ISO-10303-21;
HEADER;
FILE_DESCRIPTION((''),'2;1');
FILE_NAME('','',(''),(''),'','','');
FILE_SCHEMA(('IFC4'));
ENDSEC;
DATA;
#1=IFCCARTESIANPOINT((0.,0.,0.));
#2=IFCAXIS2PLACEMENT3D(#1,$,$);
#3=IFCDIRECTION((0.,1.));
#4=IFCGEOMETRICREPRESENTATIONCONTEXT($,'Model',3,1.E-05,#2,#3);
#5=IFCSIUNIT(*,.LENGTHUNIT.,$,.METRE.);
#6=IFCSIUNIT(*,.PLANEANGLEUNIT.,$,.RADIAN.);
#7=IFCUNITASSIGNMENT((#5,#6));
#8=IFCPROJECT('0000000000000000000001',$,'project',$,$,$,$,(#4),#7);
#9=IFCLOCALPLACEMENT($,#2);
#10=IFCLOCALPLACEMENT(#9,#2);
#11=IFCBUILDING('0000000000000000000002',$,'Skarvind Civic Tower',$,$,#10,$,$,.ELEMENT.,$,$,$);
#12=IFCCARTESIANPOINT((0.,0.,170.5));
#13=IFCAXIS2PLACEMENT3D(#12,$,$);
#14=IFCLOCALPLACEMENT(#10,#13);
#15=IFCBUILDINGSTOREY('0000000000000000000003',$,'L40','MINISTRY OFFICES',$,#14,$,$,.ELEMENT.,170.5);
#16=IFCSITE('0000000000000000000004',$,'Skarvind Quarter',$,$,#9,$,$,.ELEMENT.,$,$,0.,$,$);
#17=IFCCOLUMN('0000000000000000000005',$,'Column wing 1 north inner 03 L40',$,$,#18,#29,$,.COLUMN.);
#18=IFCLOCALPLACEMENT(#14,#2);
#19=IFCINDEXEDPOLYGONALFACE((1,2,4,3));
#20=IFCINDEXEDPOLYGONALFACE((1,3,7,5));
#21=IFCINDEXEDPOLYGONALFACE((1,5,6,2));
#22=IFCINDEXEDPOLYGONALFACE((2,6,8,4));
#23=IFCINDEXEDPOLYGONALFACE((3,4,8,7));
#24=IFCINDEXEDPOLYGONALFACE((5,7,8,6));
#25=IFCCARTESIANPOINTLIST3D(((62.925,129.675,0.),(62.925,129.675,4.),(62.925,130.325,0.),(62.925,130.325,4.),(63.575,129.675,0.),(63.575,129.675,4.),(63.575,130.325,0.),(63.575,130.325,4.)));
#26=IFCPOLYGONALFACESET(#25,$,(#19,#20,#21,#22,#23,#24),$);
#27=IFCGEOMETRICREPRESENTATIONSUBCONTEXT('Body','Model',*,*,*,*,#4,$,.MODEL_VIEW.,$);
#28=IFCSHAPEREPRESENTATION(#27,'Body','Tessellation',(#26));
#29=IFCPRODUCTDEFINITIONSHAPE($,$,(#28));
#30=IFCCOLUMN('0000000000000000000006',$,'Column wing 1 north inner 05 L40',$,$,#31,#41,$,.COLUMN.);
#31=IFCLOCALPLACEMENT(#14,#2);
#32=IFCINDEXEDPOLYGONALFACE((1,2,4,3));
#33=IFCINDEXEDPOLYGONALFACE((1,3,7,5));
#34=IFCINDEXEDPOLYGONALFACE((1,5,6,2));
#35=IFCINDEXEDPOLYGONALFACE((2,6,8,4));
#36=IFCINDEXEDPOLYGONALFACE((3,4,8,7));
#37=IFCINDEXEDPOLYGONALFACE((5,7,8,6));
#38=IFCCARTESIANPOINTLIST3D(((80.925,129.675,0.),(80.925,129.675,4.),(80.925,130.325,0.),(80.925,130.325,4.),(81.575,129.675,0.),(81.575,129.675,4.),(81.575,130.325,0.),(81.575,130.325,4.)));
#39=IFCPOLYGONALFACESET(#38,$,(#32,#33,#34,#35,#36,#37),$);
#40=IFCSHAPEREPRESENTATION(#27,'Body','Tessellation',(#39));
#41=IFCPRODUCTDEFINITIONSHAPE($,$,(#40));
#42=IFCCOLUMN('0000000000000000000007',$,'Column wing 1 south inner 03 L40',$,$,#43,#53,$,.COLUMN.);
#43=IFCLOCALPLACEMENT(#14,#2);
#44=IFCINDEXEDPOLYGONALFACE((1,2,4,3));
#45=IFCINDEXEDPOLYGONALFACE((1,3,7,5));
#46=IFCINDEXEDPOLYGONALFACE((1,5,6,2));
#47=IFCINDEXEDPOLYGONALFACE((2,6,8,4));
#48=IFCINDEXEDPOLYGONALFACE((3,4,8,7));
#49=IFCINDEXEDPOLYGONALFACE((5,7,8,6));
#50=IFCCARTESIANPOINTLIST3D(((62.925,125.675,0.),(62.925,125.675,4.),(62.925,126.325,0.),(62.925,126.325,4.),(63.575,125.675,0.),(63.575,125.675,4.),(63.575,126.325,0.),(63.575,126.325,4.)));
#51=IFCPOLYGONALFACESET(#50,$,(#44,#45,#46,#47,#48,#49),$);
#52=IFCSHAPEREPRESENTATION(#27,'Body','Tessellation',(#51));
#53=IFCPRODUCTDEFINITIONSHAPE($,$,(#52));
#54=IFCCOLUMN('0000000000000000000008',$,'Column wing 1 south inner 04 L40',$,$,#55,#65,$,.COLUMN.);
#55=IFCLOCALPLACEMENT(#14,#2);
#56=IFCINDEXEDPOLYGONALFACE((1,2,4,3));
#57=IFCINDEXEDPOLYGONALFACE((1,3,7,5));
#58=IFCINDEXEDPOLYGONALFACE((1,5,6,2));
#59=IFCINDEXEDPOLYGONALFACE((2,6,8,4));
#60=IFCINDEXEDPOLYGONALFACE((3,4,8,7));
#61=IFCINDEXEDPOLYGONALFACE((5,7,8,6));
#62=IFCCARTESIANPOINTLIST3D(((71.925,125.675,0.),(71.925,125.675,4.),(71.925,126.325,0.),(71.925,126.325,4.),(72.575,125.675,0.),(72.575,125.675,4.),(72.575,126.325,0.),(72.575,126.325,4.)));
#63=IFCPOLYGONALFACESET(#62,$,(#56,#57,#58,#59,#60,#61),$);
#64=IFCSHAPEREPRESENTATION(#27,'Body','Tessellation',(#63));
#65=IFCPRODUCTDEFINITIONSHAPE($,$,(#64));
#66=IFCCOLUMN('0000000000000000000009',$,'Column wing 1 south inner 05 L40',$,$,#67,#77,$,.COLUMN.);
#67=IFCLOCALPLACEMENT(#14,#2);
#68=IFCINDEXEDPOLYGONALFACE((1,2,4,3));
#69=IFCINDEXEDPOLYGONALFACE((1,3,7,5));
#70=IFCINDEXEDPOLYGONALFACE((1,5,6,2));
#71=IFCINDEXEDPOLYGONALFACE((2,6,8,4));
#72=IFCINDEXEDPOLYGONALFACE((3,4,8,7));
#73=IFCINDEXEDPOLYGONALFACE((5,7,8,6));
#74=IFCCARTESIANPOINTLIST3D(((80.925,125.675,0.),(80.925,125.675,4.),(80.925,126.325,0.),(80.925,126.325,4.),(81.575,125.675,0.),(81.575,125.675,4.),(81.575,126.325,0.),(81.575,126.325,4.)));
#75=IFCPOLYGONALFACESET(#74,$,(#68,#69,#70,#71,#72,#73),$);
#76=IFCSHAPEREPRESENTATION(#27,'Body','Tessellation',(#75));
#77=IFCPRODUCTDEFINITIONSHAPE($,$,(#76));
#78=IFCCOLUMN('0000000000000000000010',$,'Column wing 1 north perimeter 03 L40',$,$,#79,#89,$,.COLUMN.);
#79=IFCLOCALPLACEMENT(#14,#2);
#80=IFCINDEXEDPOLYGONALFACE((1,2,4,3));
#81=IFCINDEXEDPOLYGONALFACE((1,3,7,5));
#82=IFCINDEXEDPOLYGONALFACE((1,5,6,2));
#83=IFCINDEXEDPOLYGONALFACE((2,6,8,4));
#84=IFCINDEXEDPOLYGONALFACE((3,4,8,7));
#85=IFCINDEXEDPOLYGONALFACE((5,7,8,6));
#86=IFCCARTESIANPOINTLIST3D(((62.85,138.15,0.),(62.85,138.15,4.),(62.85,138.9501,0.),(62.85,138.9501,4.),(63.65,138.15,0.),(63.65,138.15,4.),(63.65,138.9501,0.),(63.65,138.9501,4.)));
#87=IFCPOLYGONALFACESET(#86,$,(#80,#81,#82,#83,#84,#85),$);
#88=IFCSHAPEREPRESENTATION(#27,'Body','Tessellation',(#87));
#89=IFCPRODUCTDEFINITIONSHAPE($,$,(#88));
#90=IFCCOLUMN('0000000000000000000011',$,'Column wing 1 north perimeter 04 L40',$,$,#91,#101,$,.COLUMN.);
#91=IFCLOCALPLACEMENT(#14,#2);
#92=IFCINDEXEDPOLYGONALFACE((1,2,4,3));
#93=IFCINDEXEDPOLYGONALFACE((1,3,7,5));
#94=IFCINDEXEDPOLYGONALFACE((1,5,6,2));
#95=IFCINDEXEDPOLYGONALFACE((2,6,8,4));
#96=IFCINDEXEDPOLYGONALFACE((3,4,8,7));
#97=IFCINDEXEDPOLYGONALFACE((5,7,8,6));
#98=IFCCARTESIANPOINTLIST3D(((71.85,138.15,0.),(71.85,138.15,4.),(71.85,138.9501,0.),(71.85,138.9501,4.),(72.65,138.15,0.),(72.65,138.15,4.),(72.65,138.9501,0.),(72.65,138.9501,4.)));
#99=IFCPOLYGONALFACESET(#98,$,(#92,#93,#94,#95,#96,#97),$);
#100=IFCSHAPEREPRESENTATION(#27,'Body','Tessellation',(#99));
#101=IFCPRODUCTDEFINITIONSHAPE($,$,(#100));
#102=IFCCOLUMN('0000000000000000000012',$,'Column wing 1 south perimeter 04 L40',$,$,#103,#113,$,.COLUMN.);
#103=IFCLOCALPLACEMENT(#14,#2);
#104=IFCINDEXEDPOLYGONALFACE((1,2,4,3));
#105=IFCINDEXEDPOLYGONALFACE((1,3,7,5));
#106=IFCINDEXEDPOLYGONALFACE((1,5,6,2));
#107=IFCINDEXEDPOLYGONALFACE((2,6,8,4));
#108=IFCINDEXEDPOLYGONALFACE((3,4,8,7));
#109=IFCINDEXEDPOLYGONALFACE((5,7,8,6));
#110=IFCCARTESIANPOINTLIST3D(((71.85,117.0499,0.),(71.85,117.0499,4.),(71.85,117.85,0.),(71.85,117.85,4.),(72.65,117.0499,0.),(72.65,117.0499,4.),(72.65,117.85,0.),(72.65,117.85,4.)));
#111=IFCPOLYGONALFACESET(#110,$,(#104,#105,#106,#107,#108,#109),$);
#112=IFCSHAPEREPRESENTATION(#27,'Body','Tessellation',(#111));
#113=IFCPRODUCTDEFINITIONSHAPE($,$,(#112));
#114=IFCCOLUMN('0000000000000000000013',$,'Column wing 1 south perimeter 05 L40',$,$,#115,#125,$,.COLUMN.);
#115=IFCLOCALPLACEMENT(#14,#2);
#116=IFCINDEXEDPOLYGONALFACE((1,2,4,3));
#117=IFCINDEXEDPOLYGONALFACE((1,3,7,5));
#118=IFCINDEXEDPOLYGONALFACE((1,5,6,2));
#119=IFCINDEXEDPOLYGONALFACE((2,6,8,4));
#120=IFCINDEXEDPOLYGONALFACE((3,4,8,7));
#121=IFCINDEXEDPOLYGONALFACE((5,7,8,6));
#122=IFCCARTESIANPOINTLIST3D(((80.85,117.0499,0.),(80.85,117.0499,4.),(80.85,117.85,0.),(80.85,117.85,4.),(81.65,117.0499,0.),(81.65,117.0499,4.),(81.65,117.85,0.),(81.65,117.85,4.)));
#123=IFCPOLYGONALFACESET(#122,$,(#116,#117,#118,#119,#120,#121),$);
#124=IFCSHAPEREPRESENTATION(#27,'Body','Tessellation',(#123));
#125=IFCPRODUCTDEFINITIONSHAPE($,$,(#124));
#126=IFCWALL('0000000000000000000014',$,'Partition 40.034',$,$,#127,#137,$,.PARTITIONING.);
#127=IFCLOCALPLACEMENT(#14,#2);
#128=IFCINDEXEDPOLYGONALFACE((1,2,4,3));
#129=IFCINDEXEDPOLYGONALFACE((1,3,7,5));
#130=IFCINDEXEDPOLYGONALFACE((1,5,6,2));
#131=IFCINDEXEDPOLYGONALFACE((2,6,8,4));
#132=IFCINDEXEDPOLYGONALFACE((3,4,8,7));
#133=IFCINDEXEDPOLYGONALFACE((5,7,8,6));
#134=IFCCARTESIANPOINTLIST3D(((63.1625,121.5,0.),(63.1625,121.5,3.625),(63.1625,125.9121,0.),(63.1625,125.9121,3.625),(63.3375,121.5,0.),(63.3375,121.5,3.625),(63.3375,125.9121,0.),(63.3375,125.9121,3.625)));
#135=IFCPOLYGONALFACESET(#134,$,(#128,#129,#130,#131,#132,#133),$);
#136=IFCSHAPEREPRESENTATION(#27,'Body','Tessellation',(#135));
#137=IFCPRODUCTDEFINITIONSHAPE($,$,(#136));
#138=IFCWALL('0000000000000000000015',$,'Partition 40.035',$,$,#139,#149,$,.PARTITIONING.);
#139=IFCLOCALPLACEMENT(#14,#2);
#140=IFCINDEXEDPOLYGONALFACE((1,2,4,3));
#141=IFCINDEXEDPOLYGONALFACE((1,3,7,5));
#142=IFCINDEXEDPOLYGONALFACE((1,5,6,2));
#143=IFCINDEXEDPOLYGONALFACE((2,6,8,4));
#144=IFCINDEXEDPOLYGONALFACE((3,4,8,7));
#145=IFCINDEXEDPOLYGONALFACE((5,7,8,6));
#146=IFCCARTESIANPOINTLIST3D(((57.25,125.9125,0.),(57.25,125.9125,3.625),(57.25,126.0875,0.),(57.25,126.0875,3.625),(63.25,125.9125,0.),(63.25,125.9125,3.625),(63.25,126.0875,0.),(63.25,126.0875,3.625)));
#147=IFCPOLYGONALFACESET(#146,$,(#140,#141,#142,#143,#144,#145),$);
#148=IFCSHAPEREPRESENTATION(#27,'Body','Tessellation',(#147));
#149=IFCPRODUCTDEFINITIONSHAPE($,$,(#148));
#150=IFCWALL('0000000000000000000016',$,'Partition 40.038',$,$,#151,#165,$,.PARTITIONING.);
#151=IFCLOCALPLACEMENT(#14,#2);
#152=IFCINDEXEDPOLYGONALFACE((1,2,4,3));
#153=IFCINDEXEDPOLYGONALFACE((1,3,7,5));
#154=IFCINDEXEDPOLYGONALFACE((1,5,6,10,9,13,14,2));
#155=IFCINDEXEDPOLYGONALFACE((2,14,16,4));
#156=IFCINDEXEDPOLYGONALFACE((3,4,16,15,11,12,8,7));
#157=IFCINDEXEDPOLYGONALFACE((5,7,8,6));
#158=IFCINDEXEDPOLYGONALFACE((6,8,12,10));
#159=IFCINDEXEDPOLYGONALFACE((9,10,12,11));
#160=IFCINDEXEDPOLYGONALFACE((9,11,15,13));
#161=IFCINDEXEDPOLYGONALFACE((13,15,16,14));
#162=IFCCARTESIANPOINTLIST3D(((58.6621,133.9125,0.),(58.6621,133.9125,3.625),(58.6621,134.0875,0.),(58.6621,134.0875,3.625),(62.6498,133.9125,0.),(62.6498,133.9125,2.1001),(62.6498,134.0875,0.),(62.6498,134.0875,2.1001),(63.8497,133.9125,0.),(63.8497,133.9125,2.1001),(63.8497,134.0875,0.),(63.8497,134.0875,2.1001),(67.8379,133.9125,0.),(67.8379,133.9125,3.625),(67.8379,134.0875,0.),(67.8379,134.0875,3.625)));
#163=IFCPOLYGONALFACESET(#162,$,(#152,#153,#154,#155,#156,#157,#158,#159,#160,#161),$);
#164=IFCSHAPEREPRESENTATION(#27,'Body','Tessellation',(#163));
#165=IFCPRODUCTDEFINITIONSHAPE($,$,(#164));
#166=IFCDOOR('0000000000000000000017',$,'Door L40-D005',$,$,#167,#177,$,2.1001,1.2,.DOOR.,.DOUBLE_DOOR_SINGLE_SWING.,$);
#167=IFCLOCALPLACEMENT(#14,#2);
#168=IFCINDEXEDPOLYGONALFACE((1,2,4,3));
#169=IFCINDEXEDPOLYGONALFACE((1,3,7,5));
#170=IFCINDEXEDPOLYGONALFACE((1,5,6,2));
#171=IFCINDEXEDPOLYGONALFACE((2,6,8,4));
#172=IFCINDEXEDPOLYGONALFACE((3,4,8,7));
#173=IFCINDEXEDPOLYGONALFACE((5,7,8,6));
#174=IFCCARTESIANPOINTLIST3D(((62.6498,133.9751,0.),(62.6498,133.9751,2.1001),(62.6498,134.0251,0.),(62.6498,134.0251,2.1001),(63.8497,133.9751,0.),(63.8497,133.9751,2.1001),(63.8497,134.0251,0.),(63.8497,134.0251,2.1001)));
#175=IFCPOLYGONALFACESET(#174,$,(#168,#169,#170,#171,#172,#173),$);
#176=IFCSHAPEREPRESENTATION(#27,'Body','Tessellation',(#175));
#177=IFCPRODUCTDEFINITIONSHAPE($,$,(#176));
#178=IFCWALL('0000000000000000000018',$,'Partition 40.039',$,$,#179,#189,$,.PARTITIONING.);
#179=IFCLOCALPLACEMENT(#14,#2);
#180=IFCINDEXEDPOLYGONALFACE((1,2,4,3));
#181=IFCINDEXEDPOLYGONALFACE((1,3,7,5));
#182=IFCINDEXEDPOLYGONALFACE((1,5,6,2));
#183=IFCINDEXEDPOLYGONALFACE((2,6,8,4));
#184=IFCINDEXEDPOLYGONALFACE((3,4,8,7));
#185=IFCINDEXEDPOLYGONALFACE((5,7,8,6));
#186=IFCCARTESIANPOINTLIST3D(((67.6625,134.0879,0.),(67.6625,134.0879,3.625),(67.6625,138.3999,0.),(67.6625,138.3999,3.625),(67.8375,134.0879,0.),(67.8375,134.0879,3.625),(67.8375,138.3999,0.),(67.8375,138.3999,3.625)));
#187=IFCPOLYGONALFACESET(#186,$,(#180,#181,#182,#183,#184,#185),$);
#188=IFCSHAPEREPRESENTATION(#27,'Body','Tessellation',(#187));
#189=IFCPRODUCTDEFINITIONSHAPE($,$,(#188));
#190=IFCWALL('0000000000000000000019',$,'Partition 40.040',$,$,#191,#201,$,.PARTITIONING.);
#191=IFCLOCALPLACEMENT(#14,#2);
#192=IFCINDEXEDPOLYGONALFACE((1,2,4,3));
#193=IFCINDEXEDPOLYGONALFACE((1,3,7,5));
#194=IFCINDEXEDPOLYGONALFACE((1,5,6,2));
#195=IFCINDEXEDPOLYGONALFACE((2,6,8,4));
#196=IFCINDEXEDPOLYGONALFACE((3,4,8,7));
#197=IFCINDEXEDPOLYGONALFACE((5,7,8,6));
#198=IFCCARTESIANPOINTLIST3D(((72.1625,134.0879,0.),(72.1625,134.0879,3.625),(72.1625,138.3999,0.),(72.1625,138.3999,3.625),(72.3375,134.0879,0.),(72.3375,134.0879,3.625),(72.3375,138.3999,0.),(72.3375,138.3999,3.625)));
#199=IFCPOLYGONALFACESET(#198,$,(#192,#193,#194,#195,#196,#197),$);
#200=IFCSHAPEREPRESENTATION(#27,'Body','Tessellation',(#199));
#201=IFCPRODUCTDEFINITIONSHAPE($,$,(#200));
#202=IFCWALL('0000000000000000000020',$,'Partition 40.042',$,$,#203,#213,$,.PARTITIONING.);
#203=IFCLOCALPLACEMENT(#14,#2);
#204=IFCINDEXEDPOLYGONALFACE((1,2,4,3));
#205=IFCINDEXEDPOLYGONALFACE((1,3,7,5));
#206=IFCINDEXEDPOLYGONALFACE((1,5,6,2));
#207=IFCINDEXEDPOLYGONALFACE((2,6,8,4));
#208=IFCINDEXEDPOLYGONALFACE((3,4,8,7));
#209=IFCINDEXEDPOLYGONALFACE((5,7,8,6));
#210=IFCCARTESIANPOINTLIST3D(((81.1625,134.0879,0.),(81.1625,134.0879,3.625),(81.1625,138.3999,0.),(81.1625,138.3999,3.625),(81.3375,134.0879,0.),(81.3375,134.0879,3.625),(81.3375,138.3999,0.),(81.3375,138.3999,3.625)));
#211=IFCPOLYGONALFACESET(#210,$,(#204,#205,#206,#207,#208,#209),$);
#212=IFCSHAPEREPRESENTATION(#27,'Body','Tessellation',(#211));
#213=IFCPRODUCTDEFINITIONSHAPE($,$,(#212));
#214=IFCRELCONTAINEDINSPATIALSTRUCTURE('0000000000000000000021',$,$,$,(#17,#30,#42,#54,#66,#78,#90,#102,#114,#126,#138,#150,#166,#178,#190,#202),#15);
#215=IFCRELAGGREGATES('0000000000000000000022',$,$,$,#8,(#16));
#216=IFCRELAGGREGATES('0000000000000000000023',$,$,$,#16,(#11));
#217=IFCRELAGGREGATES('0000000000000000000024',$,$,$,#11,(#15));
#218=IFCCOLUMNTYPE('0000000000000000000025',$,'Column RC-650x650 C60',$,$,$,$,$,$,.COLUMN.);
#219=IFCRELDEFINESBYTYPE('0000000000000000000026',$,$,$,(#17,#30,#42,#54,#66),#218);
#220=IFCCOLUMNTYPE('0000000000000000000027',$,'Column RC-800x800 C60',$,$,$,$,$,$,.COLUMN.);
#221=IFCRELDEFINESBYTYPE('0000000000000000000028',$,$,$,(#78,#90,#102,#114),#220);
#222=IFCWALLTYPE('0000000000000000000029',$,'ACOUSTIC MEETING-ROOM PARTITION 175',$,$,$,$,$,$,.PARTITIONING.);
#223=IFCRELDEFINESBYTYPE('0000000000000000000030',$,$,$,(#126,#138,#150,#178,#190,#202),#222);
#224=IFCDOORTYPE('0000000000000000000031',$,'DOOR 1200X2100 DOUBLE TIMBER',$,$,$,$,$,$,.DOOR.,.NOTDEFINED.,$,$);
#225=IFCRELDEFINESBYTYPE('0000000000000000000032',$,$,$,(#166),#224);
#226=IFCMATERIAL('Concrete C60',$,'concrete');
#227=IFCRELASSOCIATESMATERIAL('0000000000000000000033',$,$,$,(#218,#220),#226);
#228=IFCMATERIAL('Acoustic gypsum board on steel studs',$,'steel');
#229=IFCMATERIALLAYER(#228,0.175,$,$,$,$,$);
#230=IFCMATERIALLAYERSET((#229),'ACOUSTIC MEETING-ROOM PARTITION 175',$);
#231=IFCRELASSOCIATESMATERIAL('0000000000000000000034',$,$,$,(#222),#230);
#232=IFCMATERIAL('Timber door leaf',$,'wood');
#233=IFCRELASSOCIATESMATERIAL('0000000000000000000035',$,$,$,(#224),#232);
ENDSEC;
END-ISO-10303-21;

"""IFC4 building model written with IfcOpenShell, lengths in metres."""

from ifc_helpers import new_model, si_unit, direction, frame, frame_2d, origin, origin_2d, place, context, subcontext, project, spatial, rectangle, extrude, material, layer, layer_set, material_profile, profile_set, type_object, element, fill, save


model = new_model("IFC4")

# Units and contexts
model_context = context("Model", 3, precision=1e-05, world=origin(), true_north=direction((0.0, 1.0)))
body_context = subcontext(model_context, "Body", "Model", "MODEL_VIEW")
ifc_project = project(units=[si_unit("LENGTHUNIT", "METRE"), si_unit("PLANEANGLEUNIT", "RADIAN")], contexts=[model_context])

# Site, building, storey
site_placement = place(None, origin())
site = spatial("IfcSite", under=ifc_project, at=site_placement, Name="Skarvind Quarter", CompositionType="ELEMENT", RefElevation=0.0)
building_placement = place(site_placement, origin())
building = spatial("IfcBuilding", under=site, at=building_placement, Name="Skarvind Civic Tower", CompositionType="ELEMENT")
storey_placement = place(building_placement, frame((0.0, 0.0, 170.5)))
storey = spatial("IfcBuildingStorey", under=building, at=storey_placement, Name="L40", Description="MINISTRY OFFICES", CompositionType="ELEMENT", Elevation=170.5)

# Columns
ifc_material_1 = material(Name="Concrete C60", Category="concrete")
ifc_material_profile_1 = material_profile(ifc_material_1, rectangle(XDim=0.6499, YDim=0.6499, at=origin_2d()), Name="RC-650x650")
ifc_profile_set_1 = profile_set([ifc_material_profile_1], Name="Concrete C60")
column_type_1 = type_object("IfcColumnType", Name="Column RC-650x650 C60", PredefinedType="COLUMN", material=ifc_profile_set_1)
for number, where, z_axis, x_axis, name in (
    (1, (63.25, 130.0, 0.0), (0.0, 0.0, 1.0), (1.0, 0.0, 0.0), "Column wing 1 north inner 03 L40"),
    (2, (81.25, 130.0, 0.0), (0.0, 0.0, 1.0), (1.0, 0.0, 0.0), "Column wing 1 north inner 05 L40"),
    (3, (63.25, 126.0, 0.0), (0.0, 0.0, 1.0), (1.0, 0.0, 0.0), "Column wing 1 south inner 03 L40"),
    (4, (72.25, 126.0, 0.0), (0.0, 0.0, 1.0), (1.0, 0.0, 0.0), "Column wing 1 south inner 04 L40"),
    (5, (81.25, 126.0, 0.0), (0.0, 0.0, 1.0), (1.0, 0.0, 0.0), "Column wing 1 south inner 05 L40"),
):
    element("IfcColumn", number, at=place(storey_placement, frame(where, z_axis=z_axis, x_axis=x_axis)), inside=storey, type_object=column_type_1, Name=name, PredefinedType="COLUMN", context=body_context, shape_type="SweptSolid", body=[
        extrude(rectangle(XDim=0.6499, YDim=0.6499, at=origin_2d()), origin(), (0.0, 0.0, 1.0), 4.0),
    ])
ifc_material_profile_2 = material_profile(ifc_material_1, rectangle(XDim=0.8, YDim=0.8, at=origin_2d()), Name="RC-800x800")
ifc_profile_set_2 = profile_set([ifc_material_profile_2], Name="Concrete C60")
column_type_2 = type_object("IfcColumnType", Name="Column RC-800x800 C60", PredefinedType="COLUMN", material=ifc_profile_set_2)
for number, where, z_axis, x_axis, name in (
    (6, (63.25, 138.55, 0.0), (0.0, 0.0, 1.0), (1.0, 0.0, 0.0), "Column wing 1 north perimeter 03 L40"),
    (7, (72.25, 138.55, 0.0), (0.0, 0.0, 1.0), (1.0, 0.0, 0.0), "Column wing 1 north perimeter 04 L40"),
    (8, (72.25, 117.45, 0.0), (0.0, 0.0, 1.0), (1.0, 0.0, 0.0), "Column wing 1 south perimeter 04 L40"),
    (9, (81.25, 117.45, 0.0), (0.0, 0.0, 1.0), (1.0, 0.0, 0.0), "Column wing 1 south perimeter 05 L40"),
):
    element("IfcColumn", number, at=place(storey_placement, frame(where, z_axis=z_axis, x_axis=x_axis)), inside=storey, type_object=column_type_2, Name=name, PredefinedType="COLUMN", context=body_context, shape_type="SweptSolid", body=[
        extrude(rectangle(XDim=0.8, YDim=0.8, at=origin_2d()), origin(), (0.0, 0.0, 1.0), 4.0),
    ])

# Walls
ifc_material_2 = material(Name="Acoustic gypsum board on steel studs", Category="steel")
ifc_layer_1 = layer(ifc_material_2, 0.175)
ifc_layer_set_1 = layer_set([ifc_layer_1], Name="ACOUSTIC MEETING-ROOM PARTITION 175")
wall_type_1 = type_object("IfcWallType", Name="ACOUSTIC MEETING-ROOM PARTITION 175", PredefinedType="PARTITIONING", material=ifc_layer_set_1)
wall_1_placement = place(storey_placement, frame((63.25, 121.5, 0.0), z_axis=(0.0, 0.0, 1.0), x_axis=(0.0, 1.0, 0.0)))
element("IfcWall", 10, at=wall_1_placement, inside=storey, type_object=wall_type_1, Name="Partition 40.034", PredefinedType="PARTITIONING", context=body_context, shape_type="SweptSolid", body=[
    extrude(rectangle(XDim=4.4121, YDim=0.175, at=frame_2d((2.2061, 0.0))), origin(), (0.0, 0.0, 1.0), 3.625),
])
wall_2_placement = place(storey_placement, frame((63.25, 126.0, 0.0), z_axis=(0.0, 0.0, 1.0), x_axis=(-1.0, 0.0, 0.0)))
element("IfcWall", 11, at=wall_2_placement, inside=storey, type_object=wall_type_1, Name="Partition 40.035", PredefinedType="PARTITIONING", context=body_context, shape_type="SweptSolid", body=[
    extrude(rectangle(XDim=6.0, YDim=0.175, at=frame_2d((3.0, 0.0))), origin(), (0.0, 0.0, 1.0), 3.625),
])

# Wall, opening, door
wall_3_placement = place(storey_placement, frame((67.8379, 134.0, 0.0), z_axis=(0.0, 0.0, 1.0), x_axis=(-1.0, 0.0, 0.0)))
wall_3 = element("IfcWall", 12, at=wall_3_placement, inside=storey, type_object=wall_type_1, Name="Partition 40.038", PredefinedType="PARTITIONING", context=body_context, shape_type="SweptSolid", body=[
    extrude(rectangle(XDim=9.1758, YDim=0.175, at=frame_2d((4.5879, 0.0))), origin(), (0.0, 0.0, 1.0), 3.625),
])
opening_1_placement = place(wall_3_placement, frame((3.988, 0.0, 0.0)))
opening_1 = element("IfcOpeningElement", 13, at=opening_1_placement, cuts=wall_3, PredefinedType="OPENING", context=body_context, shape_type="SweptSolid", body=[
    extrude(rectangle(XDim=1.2, YDim=2.1001, at=frame_2d((0.6001, 1.05))), frame((0.0, 0.0974, 0.0), z_axis=(0.0, -1.0, 0.0), x_axis=(1.0, 0.0, 0.0)), (0.0, 0.0, 1.0), 0.1951),
])
ifc_material_3 = material(Name="Timber door leaf", Category="wood")
door_type_1 = type_object("IfcDoorType", Name="DOOR 1200X2100 DOUBLE TIMBER", OperationType="NOTDEFINED", PredefinedType="DOOR", material=ifc_material_3)
door_1_placement = place(opening_1_placement, origin())
door_1 = element("IfcDoor", 14, at=door_1_placement, inside=storey, type_object=door_type_1, Name="Door L40-D005", OperationType="DOUBLE_DOOR_SINGLE_SWING", OverallHeight=2.1001, OverallWidth=1.2, PredefinedType="DOOR", context=body_context, shape_type="SweptSolid", body=[
    extrude(rectangle(XDim=1.2, YDim=2.1001, at=frame_2d((0.6001, 1.05))), frame((0.0, 0.0249, 0.0), z_axis=(0.0, -1.0, 0.0), x_axis=(1.0, 0.0, 0.0)), (0.0, 0.0, 1.0), 0.05),
])
fill(opening_1, door_1)

# Walls
for number, where, z_axis, x_axis, name in (
    (15, (67.75, 138.3999, 0.0), (0.0, 0.0, 1.0), (0.0, -1.0, 0.0), "Partition 40.039"),
    (16, (72.25, 134.0879, 0.0), (0.0, 0.0, 1.0), (0.0, 1.0, 0.0), "Partition 40.040"),
    (17, (81.25, 138.3999, 0.0), (0.0, 0.0, 1.0), (0.0, -1.0, 0.0), "Partition 40.042"),
):
    element("IfcWall", number, at=place(storey_placement, frame(where, z_axis=z_axis, x_axis=x_axis)), inside=storey, type_object=wall_type_1, Name=name, PredefinedType="PARTITIONING", context=body_context, shape_type="SweptSolid", body=[
        extrude(rectangle(XDim=4.312, YDim=0.175, at=frame_2d((2.156, 0.0))), origin(), (0.0, 0.0, 1.0), 3.625),
    ])

save(model, "model.ifc")
